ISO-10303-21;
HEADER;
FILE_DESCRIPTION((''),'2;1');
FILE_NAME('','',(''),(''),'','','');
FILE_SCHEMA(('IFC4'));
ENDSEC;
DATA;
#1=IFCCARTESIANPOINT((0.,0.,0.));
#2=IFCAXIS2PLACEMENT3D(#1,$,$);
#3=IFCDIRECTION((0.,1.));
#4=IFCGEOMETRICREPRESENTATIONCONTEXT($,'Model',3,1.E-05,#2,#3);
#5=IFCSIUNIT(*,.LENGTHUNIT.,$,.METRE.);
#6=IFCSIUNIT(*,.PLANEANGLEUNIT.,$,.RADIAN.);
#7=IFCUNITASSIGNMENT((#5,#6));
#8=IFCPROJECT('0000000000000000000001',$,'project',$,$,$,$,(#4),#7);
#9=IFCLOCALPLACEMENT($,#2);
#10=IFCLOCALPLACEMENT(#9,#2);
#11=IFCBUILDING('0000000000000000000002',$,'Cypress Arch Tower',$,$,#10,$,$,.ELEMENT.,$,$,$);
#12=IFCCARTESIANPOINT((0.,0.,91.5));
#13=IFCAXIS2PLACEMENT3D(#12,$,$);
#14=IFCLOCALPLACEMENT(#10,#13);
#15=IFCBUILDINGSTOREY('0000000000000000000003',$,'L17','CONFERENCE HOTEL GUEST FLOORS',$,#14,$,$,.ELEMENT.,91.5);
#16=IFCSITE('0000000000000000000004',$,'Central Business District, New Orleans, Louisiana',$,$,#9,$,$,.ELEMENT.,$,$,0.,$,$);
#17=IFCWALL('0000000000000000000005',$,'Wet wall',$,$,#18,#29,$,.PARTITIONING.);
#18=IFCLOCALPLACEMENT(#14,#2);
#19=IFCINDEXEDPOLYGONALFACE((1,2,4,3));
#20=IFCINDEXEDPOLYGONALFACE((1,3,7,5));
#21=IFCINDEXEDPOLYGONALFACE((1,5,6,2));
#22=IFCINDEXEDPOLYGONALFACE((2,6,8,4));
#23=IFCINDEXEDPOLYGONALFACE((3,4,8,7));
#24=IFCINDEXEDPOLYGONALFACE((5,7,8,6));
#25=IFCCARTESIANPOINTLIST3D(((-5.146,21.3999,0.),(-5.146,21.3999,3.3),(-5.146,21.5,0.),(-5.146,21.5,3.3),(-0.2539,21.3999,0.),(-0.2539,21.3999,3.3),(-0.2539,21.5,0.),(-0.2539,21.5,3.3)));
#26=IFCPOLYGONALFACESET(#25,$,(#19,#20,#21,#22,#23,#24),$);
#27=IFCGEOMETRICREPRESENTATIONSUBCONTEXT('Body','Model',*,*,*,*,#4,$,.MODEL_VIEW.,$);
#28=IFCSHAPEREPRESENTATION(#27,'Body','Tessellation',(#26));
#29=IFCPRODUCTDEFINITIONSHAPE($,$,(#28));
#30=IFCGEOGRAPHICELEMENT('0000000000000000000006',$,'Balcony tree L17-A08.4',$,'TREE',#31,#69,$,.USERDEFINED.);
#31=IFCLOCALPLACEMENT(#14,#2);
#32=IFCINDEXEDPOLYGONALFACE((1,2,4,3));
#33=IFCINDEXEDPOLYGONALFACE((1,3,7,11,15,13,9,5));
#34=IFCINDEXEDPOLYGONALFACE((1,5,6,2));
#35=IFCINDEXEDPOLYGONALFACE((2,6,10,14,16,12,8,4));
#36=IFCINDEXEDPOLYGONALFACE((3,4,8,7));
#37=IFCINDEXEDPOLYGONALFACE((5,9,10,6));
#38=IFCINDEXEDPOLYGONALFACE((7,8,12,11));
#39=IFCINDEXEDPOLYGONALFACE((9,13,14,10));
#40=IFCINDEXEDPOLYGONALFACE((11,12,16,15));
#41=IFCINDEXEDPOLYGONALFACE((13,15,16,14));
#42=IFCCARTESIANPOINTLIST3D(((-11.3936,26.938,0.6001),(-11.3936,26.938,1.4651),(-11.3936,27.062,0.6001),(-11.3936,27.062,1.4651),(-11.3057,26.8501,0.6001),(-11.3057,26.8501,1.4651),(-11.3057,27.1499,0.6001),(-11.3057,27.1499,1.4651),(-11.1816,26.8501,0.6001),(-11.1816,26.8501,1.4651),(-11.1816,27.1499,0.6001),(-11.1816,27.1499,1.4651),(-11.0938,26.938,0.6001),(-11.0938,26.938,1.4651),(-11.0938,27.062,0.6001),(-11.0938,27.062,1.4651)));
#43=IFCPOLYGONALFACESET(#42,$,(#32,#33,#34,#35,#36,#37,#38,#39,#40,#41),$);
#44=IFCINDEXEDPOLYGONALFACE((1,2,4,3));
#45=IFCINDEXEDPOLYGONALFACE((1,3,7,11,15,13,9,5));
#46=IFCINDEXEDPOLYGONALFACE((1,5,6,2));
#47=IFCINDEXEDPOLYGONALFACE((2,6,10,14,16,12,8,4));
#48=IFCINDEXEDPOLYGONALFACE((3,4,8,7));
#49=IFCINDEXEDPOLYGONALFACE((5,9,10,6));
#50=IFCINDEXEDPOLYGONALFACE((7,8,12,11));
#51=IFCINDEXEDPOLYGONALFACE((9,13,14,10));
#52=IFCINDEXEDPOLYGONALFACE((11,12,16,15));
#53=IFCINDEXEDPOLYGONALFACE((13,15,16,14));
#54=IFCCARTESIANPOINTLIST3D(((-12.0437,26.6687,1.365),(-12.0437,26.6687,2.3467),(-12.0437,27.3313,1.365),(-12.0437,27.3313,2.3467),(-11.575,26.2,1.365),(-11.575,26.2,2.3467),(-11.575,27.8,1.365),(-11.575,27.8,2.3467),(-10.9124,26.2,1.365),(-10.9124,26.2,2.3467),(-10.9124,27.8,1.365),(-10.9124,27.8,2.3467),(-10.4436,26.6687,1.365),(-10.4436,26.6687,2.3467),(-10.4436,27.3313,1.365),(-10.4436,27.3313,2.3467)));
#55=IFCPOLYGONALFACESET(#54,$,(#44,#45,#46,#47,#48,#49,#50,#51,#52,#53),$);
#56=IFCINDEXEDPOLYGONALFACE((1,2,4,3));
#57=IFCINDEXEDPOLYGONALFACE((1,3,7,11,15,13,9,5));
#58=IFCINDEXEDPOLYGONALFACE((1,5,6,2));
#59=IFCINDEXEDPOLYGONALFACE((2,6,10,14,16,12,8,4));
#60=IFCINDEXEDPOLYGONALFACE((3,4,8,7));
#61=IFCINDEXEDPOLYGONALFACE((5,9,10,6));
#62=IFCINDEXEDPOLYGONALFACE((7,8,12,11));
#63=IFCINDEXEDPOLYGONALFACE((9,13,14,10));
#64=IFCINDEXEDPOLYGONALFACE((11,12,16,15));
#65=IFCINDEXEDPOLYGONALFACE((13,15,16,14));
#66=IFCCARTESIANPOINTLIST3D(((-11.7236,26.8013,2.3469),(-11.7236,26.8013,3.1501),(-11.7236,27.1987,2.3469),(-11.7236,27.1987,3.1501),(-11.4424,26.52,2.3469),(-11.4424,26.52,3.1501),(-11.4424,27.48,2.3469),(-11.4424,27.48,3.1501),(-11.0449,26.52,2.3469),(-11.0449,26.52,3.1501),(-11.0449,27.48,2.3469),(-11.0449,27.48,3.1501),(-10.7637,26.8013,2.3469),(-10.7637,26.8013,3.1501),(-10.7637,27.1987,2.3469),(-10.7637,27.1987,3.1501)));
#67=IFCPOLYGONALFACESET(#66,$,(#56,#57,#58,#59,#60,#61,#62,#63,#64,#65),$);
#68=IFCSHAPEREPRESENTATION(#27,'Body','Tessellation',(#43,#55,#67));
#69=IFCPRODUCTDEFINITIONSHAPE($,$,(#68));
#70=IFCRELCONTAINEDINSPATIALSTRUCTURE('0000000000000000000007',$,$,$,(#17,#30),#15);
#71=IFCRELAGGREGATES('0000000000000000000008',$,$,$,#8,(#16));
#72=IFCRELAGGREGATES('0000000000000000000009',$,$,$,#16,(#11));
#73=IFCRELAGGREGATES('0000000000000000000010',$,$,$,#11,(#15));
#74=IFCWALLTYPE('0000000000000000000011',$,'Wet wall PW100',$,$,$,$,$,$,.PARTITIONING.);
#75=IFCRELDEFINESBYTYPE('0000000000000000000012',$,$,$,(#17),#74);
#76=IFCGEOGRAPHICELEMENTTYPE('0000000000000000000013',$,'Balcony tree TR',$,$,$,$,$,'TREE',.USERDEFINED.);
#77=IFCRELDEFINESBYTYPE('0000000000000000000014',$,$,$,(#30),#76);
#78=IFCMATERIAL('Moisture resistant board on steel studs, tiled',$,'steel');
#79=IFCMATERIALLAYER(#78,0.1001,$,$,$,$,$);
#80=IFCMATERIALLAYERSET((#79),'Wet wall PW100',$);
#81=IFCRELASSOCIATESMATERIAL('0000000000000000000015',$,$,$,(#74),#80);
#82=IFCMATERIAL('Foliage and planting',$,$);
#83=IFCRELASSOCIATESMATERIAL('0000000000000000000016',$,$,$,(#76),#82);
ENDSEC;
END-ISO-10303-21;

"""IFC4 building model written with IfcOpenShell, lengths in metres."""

from ifc_helpers import new_model, si_unit, direction, frame, frame_2d, origin, place, context, subcontext, project, spatial, polyline, rectangle, outline, extrude, material, layer, layer_set, type_object, element, save


model = new_model("IFC4")

# Units and contexts
model_context = context("Model", 3, precision=1e-05, world=origin(), true_north=direction((0.0, 1.0)))
body_context = subcontext(model_context, "Body", "Model", "MODEL_VIEW")
ifc_project = project(units=[si_unit("LENGTHUNIT", "METRE"), si_unit("PLANEANGLEUNIT", "RADIAN")], contexts=[model_context])

# Site, building, storey
site_placement = place(None, origin())
site = spatial("IfcSite", under=ifc_project, at=site_placement, Name="Central Business District, New Orleans, Louisiana", CompositionType="ELEMENT", RefElevation=0.0)
building_placement = place(site_placement, origin())
building = spatial("IfcBuilding", under=site, at=building_placement, Name="Cypress Arch Tower", CompositionType="ELEMENT")
storey_placement = place(building_placement, frame((0.0, 0.0, 91.5)))
storey = spatial("IfcBuildingStorey", under=building, at=storey_placement, Name="L17", Description="CONFERENCE HOTEL GUEST FLOORS", CompositionType="ELEMENT", Elevation=91.5)

# Shared definitions
ifc_material_1 = material(Name="Moisture resistant board on steel studs, tiled", Category="steel")
ifc_layer_1 = layer(ifc_material_1, 0.1001)
ifc_layer_set_1 = layer_set([ifc_layer_1], Name="Wet wall PW100")
wall_type_1 = type_object("IfcWallType", Name="Wet wall PW100", PredefinedType="PARTITIONING", material=ifc_layer_set_1)

# Wall
wall_1_placement = place(storey_placement, frame((-5.146, 21.45, 0.0), z_axis=(0.0, 0.0, 1.0), x_axis=(1.0, 0.0, 0.0)))
element("IfcWall", 1, at=wall_1_placement, inside=storey, type_object=wall_type_1, Name="Wet wall", PredefinedType="PARTITIONING", context=body_context, shape_type="SweptSolid", body=[
    extrude(rectangle(XDim=4.8921, YDim=0.1001, at=frame_2d((2.446, 0.0))), origin(), (0.0, 0.0, 1.0), 3.3),
])

# Geographic element
ifc_material_2 = material(Name="Foliage and planting")
geographic_element_type = type_object("IfcGeographicElementType", Name="Balcony tree TR", ElementType="TREE", PredefinedType="USERDEFINED", material=ifc_material_2)
geographic_element_placement = place(storey_placement, frame((-11.2437, 27.0, 0.6001), z_axis=(0.0, 0.0, 1.0), x_axis=(1.0, 0.0, 0.0)))
element("IfcGeographicElement", 2, at=geographic_element_placement, inside=storey, type_object=geographic_element_type, Name="Balcony tree L17-A08.4", ObjectType="TREE", PredefinedType="USERDEFINED", context=body_context, shape_type="SweptSolid", body=[
    extrude(outline(polyline([(0.1499, 0.062), (0.062, 0.1499), (-0.062, 0.1499), (-0.1499, 0.062), (-0.1499, -0.062), (-0.062, -0.1499), (0.062, -0.1499), (0.1499, -0.062), (0.1499, 0.062)])), origin(), (0.0, 0.0, 1.0), 0.865),
    extrude(outline(polyline([(0.8, 0.3313), (0.3313, 0.8), (-0.3313, 0.8), (-0.8, 0.3313), (-0.8, -0.3313), (-0.3313, -0.8), (0.3313, -0.8), (0.8, -0.3313), (0.8, 0.3313)])), frame((0.0, 0.0, 0.7649)), (0.0, 0.0, 1.0), 0.9817),
    extrude(outline(polyline([(0.48, 0.1987), (0.1987, 0.48), (-0.1987, 0.48), (-0.48, 0.1987), (-0.48, -0.1987), (-0.1987, -0.48), (0.1987, -0.48), (0.48, -0.1987), (0.48, 0.1987)])), frame((0.0, 0.0, 1.7468)), (0.0, 0.0, 1.0), 0.8032),
])

save(model, "model.ifc")
